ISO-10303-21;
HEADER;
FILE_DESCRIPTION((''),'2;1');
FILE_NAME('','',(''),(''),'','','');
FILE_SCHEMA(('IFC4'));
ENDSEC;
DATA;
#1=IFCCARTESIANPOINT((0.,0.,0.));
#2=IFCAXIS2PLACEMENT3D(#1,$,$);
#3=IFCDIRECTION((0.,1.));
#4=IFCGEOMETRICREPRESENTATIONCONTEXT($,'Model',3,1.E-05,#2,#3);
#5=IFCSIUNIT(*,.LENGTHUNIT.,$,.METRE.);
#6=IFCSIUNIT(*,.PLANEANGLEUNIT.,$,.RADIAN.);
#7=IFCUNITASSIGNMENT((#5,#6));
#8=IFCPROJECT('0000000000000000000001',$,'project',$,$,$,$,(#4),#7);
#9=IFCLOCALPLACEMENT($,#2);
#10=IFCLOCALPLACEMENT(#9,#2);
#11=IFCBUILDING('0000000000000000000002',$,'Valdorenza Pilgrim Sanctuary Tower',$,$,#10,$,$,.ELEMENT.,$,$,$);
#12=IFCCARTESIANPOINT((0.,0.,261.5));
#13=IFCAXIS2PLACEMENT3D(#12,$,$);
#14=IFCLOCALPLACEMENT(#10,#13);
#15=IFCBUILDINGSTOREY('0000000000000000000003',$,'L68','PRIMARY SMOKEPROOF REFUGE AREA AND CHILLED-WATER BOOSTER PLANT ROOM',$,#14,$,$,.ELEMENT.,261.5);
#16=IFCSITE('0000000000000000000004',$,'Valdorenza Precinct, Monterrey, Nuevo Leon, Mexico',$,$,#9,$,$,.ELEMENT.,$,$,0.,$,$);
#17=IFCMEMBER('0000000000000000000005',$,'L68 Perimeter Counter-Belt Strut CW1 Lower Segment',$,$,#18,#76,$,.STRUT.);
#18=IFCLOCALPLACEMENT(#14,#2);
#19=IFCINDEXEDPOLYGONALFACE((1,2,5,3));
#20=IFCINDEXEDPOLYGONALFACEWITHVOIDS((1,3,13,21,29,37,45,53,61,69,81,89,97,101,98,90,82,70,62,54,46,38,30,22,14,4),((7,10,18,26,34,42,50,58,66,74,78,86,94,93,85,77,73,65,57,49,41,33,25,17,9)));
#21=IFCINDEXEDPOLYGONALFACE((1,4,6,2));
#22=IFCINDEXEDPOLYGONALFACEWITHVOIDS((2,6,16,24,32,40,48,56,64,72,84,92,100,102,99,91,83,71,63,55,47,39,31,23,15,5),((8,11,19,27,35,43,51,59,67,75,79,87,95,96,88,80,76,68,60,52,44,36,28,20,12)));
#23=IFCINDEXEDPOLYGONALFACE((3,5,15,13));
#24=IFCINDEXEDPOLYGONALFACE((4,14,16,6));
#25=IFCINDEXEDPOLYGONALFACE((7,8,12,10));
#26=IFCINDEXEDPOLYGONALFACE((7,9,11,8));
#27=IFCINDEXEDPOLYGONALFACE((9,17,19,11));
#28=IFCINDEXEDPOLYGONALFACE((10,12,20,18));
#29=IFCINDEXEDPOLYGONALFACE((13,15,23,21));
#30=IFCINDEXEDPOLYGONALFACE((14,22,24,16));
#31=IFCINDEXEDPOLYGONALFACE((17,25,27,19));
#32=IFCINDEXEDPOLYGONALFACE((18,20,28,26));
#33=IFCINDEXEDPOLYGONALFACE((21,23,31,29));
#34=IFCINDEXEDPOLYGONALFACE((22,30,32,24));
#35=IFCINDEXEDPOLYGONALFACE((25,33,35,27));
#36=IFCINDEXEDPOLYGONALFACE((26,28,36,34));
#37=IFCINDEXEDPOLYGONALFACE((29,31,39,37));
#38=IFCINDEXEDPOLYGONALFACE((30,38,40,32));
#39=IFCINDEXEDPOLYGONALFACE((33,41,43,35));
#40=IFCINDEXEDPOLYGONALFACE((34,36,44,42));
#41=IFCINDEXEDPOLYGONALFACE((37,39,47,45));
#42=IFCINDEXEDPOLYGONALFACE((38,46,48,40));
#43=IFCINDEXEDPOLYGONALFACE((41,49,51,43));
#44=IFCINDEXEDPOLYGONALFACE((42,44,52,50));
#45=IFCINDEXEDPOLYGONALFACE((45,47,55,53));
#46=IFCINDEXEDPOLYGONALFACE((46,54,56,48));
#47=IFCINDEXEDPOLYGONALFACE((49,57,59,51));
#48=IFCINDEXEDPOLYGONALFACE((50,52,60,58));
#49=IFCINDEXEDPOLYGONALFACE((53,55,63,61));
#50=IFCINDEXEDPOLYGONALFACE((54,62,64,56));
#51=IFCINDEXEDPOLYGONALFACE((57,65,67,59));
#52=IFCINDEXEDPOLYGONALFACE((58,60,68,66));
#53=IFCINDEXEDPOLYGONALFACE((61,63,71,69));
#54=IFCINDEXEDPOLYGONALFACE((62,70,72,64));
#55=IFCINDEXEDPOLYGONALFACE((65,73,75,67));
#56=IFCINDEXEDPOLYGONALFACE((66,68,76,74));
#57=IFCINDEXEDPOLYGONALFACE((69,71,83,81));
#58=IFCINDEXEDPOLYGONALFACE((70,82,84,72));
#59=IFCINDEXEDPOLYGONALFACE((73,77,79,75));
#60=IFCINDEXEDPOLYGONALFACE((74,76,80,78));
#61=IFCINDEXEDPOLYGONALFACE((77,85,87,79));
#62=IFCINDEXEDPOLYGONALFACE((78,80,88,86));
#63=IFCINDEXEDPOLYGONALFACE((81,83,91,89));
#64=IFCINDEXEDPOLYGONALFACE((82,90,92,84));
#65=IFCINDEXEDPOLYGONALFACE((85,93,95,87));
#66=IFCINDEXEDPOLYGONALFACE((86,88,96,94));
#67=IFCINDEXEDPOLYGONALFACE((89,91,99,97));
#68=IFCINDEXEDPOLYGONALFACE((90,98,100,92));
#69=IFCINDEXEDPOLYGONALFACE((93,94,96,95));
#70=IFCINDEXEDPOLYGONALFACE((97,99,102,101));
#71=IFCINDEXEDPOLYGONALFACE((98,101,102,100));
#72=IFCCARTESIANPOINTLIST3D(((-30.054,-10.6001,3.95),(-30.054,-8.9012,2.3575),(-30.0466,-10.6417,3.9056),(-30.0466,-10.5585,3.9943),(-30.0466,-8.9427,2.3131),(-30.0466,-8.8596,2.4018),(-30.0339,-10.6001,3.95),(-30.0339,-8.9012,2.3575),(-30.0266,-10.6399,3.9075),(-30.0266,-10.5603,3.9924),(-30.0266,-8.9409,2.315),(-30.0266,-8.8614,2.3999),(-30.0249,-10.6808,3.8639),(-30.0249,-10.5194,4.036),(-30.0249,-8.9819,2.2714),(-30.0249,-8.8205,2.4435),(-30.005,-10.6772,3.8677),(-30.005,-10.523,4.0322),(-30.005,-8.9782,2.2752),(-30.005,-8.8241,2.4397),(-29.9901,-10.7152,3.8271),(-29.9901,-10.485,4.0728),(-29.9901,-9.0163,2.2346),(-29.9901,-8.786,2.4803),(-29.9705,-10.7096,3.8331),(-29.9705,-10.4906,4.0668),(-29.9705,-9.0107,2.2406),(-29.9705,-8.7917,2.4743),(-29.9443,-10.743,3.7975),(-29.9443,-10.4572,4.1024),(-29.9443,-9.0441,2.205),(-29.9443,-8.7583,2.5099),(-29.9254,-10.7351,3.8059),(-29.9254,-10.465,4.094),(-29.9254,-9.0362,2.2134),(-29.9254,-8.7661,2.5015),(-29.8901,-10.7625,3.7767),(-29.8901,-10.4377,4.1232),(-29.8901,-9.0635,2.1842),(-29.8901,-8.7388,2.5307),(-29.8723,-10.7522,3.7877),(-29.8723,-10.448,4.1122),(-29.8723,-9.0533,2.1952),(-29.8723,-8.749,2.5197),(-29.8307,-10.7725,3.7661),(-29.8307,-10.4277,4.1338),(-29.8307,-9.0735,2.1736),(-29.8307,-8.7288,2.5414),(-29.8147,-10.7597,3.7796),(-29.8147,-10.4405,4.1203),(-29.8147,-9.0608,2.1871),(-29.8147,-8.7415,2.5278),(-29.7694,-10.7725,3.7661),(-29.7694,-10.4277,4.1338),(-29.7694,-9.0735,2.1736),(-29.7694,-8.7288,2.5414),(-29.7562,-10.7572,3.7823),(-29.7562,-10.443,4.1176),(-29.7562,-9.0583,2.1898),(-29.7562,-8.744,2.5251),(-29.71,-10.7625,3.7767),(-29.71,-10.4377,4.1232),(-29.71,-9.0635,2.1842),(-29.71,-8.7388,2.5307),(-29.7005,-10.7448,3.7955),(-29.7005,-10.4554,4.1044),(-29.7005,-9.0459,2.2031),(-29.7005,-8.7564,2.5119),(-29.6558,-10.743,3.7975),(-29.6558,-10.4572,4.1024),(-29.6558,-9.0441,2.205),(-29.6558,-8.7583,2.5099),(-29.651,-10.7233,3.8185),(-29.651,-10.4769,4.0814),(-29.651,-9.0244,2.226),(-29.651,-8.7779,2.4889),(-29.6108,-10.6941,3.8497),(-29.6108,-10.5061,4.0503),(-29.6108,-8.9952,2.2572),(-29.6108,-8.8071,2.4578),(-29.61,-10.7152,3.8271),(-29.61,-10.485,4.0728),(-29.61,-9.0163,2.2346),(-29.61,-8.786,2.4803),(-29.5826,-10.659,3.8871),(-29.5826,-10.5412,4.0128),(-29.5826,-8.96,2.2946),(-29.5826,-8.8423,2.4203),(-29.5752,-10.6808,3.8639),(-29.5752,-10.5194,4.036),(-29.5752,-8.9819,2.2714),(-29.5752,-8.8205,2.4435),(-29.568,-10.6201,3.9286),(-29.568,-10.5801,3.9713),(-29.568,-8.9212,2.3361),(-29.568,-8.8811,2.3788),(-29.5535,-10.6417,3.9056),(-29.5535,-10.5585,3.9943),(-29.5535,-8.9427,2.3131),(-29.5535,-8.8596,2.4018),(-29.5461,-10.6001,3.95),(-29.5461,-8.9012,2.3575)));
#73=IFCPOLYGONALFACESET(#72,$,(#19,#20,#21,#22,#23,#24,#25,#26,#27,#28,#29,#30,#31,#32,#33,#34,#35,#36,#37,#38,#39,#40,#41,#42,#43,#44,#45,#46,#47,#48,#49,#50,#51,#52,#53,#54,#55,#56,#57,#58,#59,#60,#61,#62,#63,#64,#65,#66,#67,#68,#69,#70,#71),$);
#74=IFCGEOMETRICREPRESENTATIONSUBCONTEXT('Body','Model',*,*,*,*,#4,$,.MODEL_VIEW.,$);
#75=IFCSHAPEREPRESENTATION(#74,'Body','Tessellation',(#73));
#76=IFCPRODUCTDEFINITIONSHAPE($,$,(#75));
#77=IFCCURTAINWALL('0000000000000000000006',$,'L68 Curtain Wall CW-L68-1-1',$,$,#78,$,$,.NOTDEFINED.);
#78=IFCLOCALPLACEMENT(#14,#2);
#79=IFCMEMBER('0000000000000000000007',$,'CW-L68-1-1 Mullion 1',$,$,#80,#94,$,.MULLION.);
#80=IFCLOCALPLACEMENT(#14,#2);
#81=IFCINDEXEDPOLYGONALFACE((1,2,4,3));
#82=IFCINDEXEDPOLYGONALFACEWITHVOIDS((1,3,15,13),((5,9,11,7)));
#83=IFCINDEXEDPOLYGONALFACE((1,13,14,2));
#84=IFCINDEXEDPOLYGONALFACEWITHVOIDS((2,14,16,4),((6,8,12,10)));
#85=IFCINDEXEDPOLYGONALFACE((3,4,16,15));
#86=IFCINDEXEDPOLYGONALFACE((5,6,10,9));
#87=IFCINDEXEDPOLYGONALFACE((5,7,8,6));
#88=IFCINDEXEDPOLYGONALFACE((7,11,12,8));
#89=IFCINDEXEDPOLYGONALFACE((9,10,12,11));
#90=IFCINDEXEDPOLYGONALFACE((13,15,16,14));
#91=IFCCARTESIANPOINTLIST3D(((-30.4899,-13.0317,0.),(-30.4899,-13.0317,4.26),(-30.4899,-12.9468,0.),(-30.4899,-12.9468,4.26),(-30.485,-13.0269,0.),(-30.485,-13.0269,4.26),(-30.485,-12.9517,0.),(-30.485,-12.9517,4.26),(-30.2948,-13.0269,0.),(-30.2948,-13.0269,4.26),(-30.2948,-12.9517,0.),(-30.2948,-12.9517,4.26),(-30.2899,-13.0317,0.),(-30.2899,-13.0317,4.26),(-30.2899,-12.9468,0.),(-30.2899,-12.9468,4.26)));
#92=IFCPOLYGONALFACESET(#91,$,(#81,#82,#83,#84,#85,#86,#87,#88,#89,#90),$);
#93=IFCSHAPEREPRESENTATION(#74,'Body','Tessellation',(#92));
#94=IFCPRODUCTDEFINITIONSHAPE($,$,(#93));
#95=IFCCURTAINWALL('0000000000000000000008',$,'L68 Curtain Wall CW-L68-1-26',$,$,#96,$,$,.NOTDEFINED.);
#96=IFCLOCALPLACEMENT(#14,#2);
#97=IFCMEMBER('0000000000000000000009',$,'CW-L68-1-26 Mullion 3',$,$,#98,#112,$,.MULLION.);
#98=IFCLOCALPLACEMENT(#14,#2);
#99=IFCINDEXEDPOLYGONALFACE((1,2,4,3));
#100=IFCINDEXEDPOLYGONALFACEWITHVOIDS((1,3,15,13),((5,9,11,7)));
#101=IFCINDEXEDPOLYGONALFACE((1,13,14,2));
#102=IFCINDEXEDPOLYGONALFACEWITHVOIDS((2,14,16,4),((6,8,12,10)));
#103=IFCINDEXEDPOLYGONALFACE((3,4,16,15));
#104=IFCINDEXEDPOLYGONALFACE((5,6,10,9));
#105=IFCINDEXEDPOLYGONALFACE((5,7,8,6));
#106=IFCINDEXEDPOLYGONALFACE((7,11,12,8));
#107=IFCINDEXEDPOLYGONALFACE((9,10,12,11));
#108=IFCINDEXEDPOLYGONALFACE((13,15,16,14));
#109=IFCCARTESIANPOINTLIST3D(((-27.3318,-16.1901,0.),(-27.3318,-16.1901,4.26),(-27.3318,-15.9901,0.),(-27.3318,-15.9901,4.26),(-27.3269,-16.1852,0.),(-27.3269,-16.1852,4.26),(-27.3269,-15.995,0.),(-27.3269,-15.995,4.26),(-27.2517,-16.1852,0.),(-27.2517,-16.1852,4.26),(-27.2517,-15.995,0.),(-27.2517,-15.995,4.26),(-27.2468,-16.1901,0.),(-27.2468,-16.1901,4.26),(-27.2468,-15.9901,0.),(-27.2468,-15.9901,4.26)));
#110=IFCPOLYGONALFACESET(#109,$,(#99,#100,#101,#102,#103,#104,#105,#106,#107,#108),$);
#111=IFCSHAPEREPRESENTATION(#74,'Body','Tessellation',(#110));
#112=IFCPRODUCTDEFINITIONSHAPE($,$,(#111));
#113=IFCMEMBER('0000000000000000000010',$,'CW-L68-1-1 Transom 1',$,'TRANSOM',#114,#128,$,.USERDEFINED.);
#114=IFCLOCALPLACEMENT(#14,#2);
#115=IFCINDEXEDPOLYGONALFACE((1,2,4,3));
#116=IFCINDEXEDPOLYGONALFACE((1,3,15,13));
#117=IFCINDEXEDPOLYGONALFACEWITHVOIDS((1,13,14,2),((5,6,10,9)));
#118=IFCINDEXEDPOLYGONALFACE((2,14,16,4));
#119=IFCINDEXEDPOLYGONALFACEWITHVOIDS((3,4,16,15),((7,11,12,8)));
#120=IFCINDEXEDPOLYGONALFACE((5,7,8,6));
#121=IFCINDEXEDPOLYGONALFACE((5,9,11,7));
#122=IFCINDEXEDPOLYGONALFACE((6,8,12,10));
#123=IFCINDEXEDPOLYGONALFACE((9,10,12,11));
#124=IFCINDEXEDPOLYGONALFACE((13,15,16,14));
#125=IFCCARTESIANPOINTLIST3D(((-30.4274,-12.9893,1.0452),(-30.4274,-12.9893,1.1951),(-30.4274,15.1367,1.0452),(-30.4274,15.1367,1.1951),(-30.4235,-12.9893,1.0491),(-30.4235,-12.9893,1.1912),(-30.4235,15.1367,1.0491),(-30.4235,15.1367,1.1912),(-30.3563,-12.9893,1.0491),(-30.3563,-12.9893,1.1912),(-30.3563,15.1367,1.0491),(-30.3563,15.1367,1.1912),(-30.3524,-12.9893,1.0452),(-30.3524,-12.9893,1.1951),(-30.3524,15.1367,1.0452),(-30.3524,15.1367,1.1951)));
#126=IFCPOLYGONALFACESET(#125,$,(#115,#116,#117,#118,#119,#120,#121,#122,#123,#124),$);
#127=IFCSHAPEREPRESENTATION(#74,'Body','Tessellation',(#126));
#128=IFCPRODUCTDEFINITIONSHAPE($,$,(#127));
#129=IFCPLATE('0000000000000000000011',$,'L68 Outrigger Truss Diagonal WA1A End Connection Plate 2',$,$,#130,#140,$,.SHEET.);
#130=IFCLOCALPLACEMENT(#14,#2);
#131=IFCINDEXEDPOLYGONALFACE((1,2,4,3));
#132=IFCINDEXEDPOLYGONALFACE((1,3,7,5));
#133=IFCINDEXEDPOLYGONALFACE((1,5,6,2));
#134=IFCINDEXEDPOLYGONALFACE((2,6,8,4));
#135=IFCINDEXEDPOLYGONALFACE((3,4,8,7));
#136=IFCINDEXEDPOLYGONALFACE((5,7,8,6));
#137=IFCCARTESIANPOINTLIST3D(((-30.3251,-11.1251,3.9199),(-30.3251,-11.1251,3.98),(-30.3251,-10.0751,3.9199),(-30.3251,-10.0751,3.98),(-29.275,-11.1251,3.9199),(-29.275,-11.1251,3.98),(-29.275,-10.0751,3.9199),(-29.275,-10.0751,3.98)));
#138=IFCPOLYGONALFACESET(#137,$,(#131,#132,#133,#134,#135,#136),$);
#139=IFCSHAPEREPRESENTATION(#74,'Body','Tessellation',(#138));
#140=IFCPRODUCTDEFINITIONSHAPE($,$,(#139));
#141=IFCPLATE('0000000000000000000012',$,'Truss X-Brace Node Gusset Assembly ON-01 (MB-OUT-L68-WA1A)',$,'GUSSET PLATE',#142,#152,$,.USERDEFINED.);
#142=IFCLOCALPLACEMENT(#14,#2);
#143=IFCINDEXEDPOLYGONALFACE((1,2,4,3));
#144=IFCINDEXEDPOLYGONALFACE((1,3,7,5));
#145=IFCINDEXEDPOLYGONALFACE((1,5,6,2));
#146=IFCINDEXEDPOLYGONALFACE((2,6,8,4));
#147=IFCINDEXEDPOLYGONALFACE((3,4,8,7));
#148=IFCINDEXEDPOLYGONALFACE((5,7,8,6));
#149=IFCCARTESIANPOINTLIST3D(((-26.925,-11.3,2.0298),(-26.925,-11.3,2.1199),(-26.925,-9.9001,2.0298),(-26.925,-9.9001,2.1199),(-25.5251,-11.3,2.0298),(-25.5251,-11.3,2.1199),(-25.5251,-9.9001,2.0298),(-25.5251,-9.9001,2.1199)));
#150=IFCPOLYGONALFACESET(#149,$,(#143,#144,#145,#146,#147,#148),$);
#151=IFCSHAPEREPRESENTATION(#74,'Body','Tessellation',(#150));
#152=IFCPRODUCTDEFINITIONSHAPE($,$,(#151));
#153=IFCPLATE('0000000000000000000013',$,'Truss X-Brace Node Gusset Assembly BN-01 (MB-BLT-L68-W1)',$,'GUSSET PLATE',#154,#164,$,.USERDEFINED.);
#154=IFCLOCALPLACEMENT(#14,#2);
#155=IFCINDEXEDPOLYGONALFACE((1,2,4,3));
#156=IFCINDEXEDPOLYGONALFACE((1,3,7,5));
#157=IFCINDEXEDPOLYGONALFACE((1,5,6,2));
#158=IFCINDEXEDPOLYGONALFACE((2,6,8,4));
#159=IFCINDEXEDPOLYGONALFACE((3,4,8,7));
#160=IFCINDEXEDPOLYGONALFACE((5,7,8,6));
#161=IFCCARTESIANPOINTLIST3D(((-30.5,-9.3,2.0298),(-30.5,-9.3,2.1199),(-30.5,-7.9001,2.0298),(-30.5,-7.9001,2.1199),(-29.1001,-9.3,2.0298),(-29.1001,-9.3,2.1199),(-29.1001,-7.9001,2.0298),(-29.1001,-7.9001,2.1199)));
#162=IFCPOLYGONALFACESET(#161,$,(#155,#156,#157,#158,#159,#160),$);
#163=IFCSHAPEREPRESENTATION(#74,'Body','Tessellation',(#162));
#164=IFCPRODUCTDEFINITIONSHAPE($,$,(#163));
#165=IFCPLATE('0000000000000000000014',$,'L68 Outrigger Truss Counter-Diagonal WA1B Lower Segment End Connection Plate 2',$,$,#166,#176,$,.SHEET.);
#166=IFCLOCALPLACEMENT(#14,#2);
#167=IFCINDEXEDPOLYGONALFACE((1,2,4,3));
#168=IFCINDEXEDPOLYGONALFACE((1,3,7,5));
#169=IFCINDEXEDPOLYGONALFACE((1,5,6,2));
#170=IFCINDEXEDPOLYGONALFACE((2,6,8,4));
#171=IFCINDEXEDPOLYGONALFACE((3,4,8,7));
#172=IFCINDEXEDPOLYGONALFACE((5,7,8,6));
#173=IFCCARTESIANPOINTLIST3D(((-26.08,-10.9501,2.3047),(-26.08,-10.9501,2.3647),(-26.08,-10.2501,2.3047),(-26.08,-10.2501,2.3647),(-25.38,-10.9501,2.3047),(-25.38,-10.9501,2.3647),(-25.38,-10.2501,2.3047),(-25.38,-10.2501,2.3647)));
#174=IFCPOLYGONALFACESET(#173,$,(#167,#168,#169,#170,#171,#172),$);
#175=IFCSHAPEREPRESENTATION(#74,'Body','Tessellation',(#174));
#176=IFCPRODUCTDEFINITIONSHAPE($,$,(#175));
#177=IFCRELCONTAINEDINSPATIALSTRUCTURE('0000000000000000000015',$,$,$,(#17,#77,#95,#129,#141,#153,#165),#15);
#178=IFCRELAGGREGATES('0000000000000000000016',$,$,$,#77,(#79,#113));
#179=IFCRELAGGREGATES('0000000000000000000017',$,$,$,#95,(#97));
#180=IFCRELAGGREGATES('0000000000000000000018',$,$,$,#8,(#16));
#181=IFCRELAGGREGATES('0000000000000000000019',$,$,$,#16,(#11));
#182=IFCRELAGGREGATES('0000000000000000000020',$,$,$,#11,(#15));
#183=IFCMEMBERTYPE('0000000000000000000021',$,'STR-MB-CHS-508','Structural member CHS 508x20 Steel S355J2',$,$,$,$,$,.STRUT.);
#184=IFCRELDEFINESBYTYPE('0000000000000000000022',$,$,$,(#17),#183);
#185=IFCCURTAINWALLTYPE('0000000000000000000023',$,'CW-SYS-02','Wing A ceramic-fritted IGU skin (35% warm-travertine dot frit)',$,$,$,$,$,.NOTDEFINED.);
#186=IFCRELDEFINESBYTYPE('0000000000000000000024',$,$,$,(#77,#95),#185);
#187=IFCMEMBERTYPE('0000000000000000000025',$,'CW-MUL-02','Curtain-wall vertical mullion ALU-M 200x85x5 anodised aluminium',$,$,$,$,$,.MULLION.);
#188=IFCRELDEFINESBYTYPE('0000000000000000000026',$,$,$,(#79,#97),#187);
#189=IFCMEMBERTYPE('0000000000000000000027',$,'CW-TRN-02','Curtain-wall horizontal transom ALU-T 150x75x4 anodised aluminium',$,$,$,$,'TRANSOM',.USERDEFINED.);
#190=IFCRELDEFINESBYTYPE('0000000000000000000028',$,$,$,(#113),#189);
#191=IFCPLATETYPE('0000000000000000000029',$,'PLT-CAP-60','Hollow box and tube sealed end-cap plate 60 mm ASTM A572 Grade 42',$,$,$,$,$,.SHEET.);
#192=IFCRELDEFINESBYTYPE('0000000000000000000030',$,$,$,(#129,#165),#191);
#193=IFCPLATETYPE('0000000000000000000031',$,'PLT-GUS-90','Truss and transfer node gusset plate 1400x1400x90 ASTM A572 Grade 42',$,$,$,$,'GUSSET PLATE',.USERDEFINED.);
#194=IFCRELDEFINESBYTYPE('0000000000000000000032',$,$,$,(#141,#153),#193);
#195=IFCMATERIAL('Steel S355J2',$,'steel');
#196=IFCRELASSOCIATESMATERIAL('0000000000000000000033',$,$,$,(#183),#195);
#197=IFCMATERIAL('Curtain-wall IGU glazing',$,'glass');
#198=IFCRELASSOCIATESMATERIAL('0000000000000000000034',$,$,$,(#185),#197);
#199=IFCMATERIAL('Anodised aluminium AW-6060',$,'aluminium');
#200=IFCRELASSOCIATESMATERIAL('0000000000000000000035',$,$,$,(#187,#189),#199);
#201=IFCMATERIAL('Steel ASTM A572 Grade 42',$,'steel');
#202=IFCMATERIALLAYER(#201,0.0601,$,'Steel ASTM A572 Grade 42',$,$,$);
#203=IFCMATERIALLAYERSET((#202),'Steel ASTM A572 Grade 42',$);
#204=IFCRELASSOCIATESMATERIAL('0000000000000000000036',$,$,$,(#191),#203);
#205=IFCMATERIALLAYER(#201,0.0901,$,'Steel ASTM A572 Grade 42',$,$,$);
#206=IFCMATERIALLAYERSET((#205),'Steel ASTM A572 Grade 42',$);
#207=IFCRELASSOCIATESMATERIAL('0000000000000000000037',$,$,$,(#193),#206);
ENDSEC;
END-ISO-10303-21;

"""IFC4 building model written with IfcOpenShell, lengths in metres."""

from ifc_helpers import new_model, si_unit, direction, frame, origin, origin_2d, place, context, subcontext, project, spatial, rectangle, hollow_rectangle, hollow_circle, extrude, source, transform, mapped, material, layer, layer_set, material_profile, profile_set, type_object, element, aggregate, save


model = new_model("IFC4")

# Units and contexts
model_context = context("Model", 3, precision=1e-05, world=origin(), true_north=direction((0.0, 1.0)))
body_context = subcontext(model_context, "Body", "Model", "MODEL_VIEW")
ifc_project = project(units=[si_unit("LENGTHUNIT", "METRE"), si_unit("PLANEANGLEUNIT", "RADIAN")], contexts=[model_context])

# Site, building, storey
site_placement = place(None, origin())
site = spatial("IfcSite", under=ifc_project, at=site_placement, Name="Valdorenza Precinct, Monterrey, Nuevo Leon, Mexico", CompositionType="ELEMENT", RefElevation=0.0)
building_placement = place(site_placement, origin())
building = spatial("IfcBuilding", under=site, at=building_placement, Name="Valdorenza Pilgrim Sanctuary Tower", CompositionType="ELEMENT")
storey_placement = place(building_placement, frame((0.0, 0.0, 261.5)))
storey = spatial("IfcBuildingStorey", under=building, at=storey_placement, Name="L68", Description="PRIMARY SMOKEPROOF REFUGE AREA AND CHILLED-WATER BOOSTER PLANT ROOM", CompositionType="ELEMENT", Elevation=261.5)

# Member
ifc_material_1 = material(Name="Steel ASTM A572 Grade 42", Category="steel")
ifc_material_2 = material(Name="Steel S355J2", Category="steel")
ifc_material_profile_1 = material_profile(ifc_material_2, hollow_circle(Radius=0.2539, WallThickness=0.02, at=origin_2d()), Name="CHS 508x20")
ifc_profile_set_1 = profile_set([ifc_material_profile_1], Name="Steel S355J2")
member_type_1 = type_object("IfcMemberType", Name="STR-MB-CHS-508", Description="Structural member CHS 508x20 Steel S355J2", PredefinedType="STRUT", material=ifc_profile_set_1)
shared_shape_1 = source(origin(), body_context, "Body", "SweptSolid", [
    extrude(hollow_circle(Radius=0.2539, WallThickness=0.02, at=origin_2d()), origin(), (0.0, 0.0, 1.0), 2.3286),
])
member_1_placement = place(storey_placement, frame((-29.8, -10.6001, 3.95), z_axis=(0.0, 0.729593, -0.683882), x_axis=(-1.0, 0.0, 0.0)))
element("IfcMember", 1, at=member_1_placement, inside=storey, type_object=member_type_1, Name="L68 Perimeter Counter-Belt Strut CW1 Lower Segment", PredefinedType="STRUT", context=body_context, shape_type="MappedRepresentation", body=[
    mapped(shared_shape_1, transform((0.0, 0.0, 0.0), x_axis=(1.0, 0.0, 0.0), y_axis=(0.0, 1.0, 0.0), z_axis=(0.0, 0.0, 1.0), scale=1.0)),
])

# Curtain walls, members
ifc_material_3 = material(Name="Curtain-wall IGU glazing", Category="glass")
curtain_wall_type = type_object("IfcCurtainWallType", Name="CW-SYS-02", Description="Wing A ceramic-fritted IGU skin (35% warm-travertine dot frit)", PredefinedType="NOTDEFINED", material=ifc_material_3)
curtain_wall_1_placement = place(storey_placement, origin())
curtain_wall_1 = element("IfcCurtainWall", 2, at=curtain_wall_1_placement, inside=storey, type_object=curtain_wall_type, Name="L68 Curtain Wall CW-L68-1-1", PredefinedType="NOTDEFINED")
ifc_material_4 = material(Name="Anodised aluminium AW-6060", Category="aluminium")
ifc_material_profile_2 = material_profile(ifc_material_4, hollow_rectangle(XDim=0.085, YDim=0.2, WallThickness=0.0049, at=origin_2d()), Name="ALU-M 200x85x5")
ifc_profile_set_2 = profile_set([ifc_material_profile_2], Name="Anodised aluminium AW-6060")
member_type_2 = type_object("IfcMemberType", Name="CW-MUL-02", Description="Curtain-wall vertical mullion ALU-M 200x85x5 anodised aluminium", PredefinedType="MULLION", material=ifc_profile_set_2)
shared_shape_2 = source(origin(), body_context, "Body", "SweptSolid", [
    extrude(hollow_rectangle(XDim=0.085, YDim=0.2, WallThickness=0.0049, at=origin_2d()), origin(), (0.0, 0.0, 1.0), 4.26),
])
member_2_placement = place(storey_placement, frame((-30.3899, -12.9893, 0.0), z_axis=(0.0, 0.0, 1.0), x_axis=(0.0, 1.0, 0.0)))
member_2 = element("IfcMember", 3, at=member_2_placement, type_object=member_type_2, Name="CW-L68-1-1 Mullion 1", PredefinedType="MULLION", context=body_context, shape_type="MappedRepresentation", body=[
    mapped(shared_shape_2, transform((0.0, 0.0, 0.0), x_axis=(1.0, 0.0, 0.0), y_axis=(0.0, 1.0, 0.0), z_axis=(0.0, 0.0, 1.0), scale=1.0)),
])
curtain_wall_2_placement = place(storey_placement, origin())
curtain_wall_2 = element("IfcCurtainWall", 4, at=curtain_wall_2_placement, inside=storey, type_object=curtain_wall_type, Name="L68 Curtain Wall CW-L68-1-26", PredefinedType="NOTDEFINED")
member_3_placement = place(storey_placement, frame((-27.2893, -16.0901, 0.0), z_axis=(0.0, 0.0, 1.0), x_axis=(-1.0, 0.0, 0.0)))
member_3 = element("IfcMember", 5, at=member_3_placement, type_object=member_type_2, Name="CW-L68-1-26 Mullion 3", PredefinedType="MULLION", context=body_context, shape_type="MappedRepresentation", body=[
    mapped(shared_shape_2, transform((0.0, 0.0, 0.0), x_axis=(1.0, 0.0, 0.0), y_axis=(0.0, 1.0, 0.0), z_axis=(0.0, 0.0, 1.0), scale=1.0)),
])

# Member
ifc_material_profile_3 = material_profile(ifc_material_4, hollow_rectangle(XDim=0.075, YDim=0.1499, WallThickness=0.0039, at=origin_2d()), Name="ALU-T 150x75x4")
ifc_profile_set_3 = profile_set([ifc_material_profile_3], Name="Anodised aluminium AW-6060")
member_type_3 = type_object("IfcMemberType", Name="CW-TRN-02", Description="Curtain-wall horizontal transom ALU-T 150x75x4 anodised aluminium", ElementType="TRANSOM", PredefinedType="USERDEFINED", material=ifc_profile_set_3)
shared_shape_3 = source(origin(), body_context, "Body", "SweptSolid", [
    extrude(hollow_rectangle(XDim=0.075, YDim=0.1499, WallThickness=0.0039, at=origin_2d()), origin(), (0.0, 0.0, 1.0), 28.126),
])
member_4_placement = place(storey_placement, frame((-30.3899, -12.9893, 1.1201), z_axis=(0.0, 1.0, 0.0), x_axis=(-1.0, 0.0, 0.0)))
member_4 = element("IfcMember", 6, at=member_4_placement, type_object=member_type_3, Name="CW-L68-1-1 Transom 1", ObjectType="TRANSOM", PredefinedType="USERDEFINED", context=body_context, shape_type="MappedRepresentation", body=[
    mapped(shared_shape_3, transform((0.0, 0.0, 0.0), x_axis=(1.0, 0.0, 0.0), y_axis=(0.0, 1.0, 0.0), z_axis=(0.0, 0.0, 1.0), scale=1.0)),
])

# Plates
ifc_layer_1 = layer(ifc_material_1, 0.0601, Name="Steel ASTM A572 Grade 42")
ifc_layer_set_1 = layer_set([ifc_layer_1], Name="Steel ASTM A572 Grade 42")
plate_type_1 = type_object("IfcPlateType", Name="PLT-CAP-60", Description="Hollow box and tube sealed end-cap plate 60 mm ASTM A572 Grade 42", PredefinedType="SHEET", material=ifc_layer_set_1)
shared_shape_4 = source(origin(), body_context, "Body", "SweptSolid", [
    extrude(rectangle(XDim=1.05, YDim=1.05, at=origin_2d()), origin(), (0.0, 0.0, 1.0), 0.0601),
])
plate_1_placement = place(storey_placement, frame((-29.8, -10.6001, 3.9199), z_axis=(0.0, 0.0, 1.0), x_axis=(1.0, 0.0, 0.0)))
element("IfcPlate", 7, at=plate_1_placement, inside=storey, type_object=plate_type_1, Name="L68 Outrigger Truss Diagonal WA1A End Connection Plate 2", PredefinedType="SHEET", context=body_context, shape_type="MappedRepresentation", body=[
    mapped(shared_shape_4, transform((0.0, 0.0, 0.0), x_axis=(1.0, 0.0, 0.0), y_axis=(0.0, 1.0, 0.0), z_axis=(0.0, 0.0, 1.0), scale=1.0)),
])
ifc_layer_2 = layer(ifc_material_1, 0.0901, Name="Steel ASTM A572 Grade 42")
ifc_layer_set_2 = layer_set([ifc_layer_2], Name="Steel ASTM A572 Grade 42")
plate_type_2 = type_object("IfcPlateType", Name="PLT-GUS-90", Description="Truss and transfer node gusset plate 1400x1400x90 ASTM A572 Grade 42", ElementType="GUSSET PLATE", PredefinedType="USERDEFINED", material=ifc_layer_set_2)
shared_shape_5 = source(origin(), body_context, "Body", "SweptSolid", [
    extrude(rectangle(XDim=1.3999, YDim=1.3999, at=origin_2d()), origin(), (0.0, 0.0, 1.0), 0.0901),
])
for number, where, z_axis, x_axis, name in (
    (8, (-26.2251, -10.6001, 2.0298), (0.0, 0.0, 1.0), (1.0, 0.0, 0.0), "Truss X-Brace Node Gusset Assembly ON-01 (MB-OUT-L68-WA1A)"),
    (9, (-29.8, -8.6001, 2.0298), (0.0, 0.0, 1.0), (1.0, 0.0, 0.0), "Truss X-Brace Node Gusset Assembly BN-01 (MB-BLT-L68-W1)"),
):
    element("IfcPlate", number, at=place(storey_placement, frame(where, z_axis=z_axis, x_axis=x_axis)), inside=storey, type_object=plate_type_2, Name=name, ObjectType="GUSSET PLATE", PredefinedType="USERDEFINED", context=body_context, shape_type="MappedRepresentation", body=[
        mapped(shared_shape_5, transform((0.0, 0.0, 0.0), x_axis=(1.0, 0.0, 0.0), y_axis=(0.0, 1.0, 0.0), z_axis=(0.0, 0.0, 1.0), scale=1.0)),
    ])
shared_shape_6 = source(origin(), body_context, "Body", "SweptSolid", [
    extrude(rectangle(XDim=0.7, YDim=0.7, at=origin_2d()), origin(), (0.0, 0.0, 1.0), 0.0601),
])
for number, where, z_axis, x_axis, name in (
    (10, (-25.73, -10.6001, 2.3047), (0.0, 0.0, 1.0), (1.0, 0.0, 0.0), "L68 Outrigger Truss Counter-Diagonal WA1B Lower Segment End Connection Plate 2"),
):
    element("IfcPlate", number, at=place(storey_placement, frame(where, z_axis=z_axis, x_axis=x_axis)), inside=storey, type_object=plate_type_1, Name=name, PredefinedType="SHEET", context=body_context, shape_type="MappedRepresentation", body=[
        mapped(shared_shape_6, transform((0.0, 0.0, 0.0), x_axis=(1.0, 0.0, 0.0), y_axis=(0.0, 1.0, 0.0), z_axis=(0.0, 0.0, 1.0), scale=1.0)),
    ])

aggregate(curtain_wall_1, [member_2, member_4])
aggregate(curtain_wall_2, [member_3])

save(model, "model.ifc")
